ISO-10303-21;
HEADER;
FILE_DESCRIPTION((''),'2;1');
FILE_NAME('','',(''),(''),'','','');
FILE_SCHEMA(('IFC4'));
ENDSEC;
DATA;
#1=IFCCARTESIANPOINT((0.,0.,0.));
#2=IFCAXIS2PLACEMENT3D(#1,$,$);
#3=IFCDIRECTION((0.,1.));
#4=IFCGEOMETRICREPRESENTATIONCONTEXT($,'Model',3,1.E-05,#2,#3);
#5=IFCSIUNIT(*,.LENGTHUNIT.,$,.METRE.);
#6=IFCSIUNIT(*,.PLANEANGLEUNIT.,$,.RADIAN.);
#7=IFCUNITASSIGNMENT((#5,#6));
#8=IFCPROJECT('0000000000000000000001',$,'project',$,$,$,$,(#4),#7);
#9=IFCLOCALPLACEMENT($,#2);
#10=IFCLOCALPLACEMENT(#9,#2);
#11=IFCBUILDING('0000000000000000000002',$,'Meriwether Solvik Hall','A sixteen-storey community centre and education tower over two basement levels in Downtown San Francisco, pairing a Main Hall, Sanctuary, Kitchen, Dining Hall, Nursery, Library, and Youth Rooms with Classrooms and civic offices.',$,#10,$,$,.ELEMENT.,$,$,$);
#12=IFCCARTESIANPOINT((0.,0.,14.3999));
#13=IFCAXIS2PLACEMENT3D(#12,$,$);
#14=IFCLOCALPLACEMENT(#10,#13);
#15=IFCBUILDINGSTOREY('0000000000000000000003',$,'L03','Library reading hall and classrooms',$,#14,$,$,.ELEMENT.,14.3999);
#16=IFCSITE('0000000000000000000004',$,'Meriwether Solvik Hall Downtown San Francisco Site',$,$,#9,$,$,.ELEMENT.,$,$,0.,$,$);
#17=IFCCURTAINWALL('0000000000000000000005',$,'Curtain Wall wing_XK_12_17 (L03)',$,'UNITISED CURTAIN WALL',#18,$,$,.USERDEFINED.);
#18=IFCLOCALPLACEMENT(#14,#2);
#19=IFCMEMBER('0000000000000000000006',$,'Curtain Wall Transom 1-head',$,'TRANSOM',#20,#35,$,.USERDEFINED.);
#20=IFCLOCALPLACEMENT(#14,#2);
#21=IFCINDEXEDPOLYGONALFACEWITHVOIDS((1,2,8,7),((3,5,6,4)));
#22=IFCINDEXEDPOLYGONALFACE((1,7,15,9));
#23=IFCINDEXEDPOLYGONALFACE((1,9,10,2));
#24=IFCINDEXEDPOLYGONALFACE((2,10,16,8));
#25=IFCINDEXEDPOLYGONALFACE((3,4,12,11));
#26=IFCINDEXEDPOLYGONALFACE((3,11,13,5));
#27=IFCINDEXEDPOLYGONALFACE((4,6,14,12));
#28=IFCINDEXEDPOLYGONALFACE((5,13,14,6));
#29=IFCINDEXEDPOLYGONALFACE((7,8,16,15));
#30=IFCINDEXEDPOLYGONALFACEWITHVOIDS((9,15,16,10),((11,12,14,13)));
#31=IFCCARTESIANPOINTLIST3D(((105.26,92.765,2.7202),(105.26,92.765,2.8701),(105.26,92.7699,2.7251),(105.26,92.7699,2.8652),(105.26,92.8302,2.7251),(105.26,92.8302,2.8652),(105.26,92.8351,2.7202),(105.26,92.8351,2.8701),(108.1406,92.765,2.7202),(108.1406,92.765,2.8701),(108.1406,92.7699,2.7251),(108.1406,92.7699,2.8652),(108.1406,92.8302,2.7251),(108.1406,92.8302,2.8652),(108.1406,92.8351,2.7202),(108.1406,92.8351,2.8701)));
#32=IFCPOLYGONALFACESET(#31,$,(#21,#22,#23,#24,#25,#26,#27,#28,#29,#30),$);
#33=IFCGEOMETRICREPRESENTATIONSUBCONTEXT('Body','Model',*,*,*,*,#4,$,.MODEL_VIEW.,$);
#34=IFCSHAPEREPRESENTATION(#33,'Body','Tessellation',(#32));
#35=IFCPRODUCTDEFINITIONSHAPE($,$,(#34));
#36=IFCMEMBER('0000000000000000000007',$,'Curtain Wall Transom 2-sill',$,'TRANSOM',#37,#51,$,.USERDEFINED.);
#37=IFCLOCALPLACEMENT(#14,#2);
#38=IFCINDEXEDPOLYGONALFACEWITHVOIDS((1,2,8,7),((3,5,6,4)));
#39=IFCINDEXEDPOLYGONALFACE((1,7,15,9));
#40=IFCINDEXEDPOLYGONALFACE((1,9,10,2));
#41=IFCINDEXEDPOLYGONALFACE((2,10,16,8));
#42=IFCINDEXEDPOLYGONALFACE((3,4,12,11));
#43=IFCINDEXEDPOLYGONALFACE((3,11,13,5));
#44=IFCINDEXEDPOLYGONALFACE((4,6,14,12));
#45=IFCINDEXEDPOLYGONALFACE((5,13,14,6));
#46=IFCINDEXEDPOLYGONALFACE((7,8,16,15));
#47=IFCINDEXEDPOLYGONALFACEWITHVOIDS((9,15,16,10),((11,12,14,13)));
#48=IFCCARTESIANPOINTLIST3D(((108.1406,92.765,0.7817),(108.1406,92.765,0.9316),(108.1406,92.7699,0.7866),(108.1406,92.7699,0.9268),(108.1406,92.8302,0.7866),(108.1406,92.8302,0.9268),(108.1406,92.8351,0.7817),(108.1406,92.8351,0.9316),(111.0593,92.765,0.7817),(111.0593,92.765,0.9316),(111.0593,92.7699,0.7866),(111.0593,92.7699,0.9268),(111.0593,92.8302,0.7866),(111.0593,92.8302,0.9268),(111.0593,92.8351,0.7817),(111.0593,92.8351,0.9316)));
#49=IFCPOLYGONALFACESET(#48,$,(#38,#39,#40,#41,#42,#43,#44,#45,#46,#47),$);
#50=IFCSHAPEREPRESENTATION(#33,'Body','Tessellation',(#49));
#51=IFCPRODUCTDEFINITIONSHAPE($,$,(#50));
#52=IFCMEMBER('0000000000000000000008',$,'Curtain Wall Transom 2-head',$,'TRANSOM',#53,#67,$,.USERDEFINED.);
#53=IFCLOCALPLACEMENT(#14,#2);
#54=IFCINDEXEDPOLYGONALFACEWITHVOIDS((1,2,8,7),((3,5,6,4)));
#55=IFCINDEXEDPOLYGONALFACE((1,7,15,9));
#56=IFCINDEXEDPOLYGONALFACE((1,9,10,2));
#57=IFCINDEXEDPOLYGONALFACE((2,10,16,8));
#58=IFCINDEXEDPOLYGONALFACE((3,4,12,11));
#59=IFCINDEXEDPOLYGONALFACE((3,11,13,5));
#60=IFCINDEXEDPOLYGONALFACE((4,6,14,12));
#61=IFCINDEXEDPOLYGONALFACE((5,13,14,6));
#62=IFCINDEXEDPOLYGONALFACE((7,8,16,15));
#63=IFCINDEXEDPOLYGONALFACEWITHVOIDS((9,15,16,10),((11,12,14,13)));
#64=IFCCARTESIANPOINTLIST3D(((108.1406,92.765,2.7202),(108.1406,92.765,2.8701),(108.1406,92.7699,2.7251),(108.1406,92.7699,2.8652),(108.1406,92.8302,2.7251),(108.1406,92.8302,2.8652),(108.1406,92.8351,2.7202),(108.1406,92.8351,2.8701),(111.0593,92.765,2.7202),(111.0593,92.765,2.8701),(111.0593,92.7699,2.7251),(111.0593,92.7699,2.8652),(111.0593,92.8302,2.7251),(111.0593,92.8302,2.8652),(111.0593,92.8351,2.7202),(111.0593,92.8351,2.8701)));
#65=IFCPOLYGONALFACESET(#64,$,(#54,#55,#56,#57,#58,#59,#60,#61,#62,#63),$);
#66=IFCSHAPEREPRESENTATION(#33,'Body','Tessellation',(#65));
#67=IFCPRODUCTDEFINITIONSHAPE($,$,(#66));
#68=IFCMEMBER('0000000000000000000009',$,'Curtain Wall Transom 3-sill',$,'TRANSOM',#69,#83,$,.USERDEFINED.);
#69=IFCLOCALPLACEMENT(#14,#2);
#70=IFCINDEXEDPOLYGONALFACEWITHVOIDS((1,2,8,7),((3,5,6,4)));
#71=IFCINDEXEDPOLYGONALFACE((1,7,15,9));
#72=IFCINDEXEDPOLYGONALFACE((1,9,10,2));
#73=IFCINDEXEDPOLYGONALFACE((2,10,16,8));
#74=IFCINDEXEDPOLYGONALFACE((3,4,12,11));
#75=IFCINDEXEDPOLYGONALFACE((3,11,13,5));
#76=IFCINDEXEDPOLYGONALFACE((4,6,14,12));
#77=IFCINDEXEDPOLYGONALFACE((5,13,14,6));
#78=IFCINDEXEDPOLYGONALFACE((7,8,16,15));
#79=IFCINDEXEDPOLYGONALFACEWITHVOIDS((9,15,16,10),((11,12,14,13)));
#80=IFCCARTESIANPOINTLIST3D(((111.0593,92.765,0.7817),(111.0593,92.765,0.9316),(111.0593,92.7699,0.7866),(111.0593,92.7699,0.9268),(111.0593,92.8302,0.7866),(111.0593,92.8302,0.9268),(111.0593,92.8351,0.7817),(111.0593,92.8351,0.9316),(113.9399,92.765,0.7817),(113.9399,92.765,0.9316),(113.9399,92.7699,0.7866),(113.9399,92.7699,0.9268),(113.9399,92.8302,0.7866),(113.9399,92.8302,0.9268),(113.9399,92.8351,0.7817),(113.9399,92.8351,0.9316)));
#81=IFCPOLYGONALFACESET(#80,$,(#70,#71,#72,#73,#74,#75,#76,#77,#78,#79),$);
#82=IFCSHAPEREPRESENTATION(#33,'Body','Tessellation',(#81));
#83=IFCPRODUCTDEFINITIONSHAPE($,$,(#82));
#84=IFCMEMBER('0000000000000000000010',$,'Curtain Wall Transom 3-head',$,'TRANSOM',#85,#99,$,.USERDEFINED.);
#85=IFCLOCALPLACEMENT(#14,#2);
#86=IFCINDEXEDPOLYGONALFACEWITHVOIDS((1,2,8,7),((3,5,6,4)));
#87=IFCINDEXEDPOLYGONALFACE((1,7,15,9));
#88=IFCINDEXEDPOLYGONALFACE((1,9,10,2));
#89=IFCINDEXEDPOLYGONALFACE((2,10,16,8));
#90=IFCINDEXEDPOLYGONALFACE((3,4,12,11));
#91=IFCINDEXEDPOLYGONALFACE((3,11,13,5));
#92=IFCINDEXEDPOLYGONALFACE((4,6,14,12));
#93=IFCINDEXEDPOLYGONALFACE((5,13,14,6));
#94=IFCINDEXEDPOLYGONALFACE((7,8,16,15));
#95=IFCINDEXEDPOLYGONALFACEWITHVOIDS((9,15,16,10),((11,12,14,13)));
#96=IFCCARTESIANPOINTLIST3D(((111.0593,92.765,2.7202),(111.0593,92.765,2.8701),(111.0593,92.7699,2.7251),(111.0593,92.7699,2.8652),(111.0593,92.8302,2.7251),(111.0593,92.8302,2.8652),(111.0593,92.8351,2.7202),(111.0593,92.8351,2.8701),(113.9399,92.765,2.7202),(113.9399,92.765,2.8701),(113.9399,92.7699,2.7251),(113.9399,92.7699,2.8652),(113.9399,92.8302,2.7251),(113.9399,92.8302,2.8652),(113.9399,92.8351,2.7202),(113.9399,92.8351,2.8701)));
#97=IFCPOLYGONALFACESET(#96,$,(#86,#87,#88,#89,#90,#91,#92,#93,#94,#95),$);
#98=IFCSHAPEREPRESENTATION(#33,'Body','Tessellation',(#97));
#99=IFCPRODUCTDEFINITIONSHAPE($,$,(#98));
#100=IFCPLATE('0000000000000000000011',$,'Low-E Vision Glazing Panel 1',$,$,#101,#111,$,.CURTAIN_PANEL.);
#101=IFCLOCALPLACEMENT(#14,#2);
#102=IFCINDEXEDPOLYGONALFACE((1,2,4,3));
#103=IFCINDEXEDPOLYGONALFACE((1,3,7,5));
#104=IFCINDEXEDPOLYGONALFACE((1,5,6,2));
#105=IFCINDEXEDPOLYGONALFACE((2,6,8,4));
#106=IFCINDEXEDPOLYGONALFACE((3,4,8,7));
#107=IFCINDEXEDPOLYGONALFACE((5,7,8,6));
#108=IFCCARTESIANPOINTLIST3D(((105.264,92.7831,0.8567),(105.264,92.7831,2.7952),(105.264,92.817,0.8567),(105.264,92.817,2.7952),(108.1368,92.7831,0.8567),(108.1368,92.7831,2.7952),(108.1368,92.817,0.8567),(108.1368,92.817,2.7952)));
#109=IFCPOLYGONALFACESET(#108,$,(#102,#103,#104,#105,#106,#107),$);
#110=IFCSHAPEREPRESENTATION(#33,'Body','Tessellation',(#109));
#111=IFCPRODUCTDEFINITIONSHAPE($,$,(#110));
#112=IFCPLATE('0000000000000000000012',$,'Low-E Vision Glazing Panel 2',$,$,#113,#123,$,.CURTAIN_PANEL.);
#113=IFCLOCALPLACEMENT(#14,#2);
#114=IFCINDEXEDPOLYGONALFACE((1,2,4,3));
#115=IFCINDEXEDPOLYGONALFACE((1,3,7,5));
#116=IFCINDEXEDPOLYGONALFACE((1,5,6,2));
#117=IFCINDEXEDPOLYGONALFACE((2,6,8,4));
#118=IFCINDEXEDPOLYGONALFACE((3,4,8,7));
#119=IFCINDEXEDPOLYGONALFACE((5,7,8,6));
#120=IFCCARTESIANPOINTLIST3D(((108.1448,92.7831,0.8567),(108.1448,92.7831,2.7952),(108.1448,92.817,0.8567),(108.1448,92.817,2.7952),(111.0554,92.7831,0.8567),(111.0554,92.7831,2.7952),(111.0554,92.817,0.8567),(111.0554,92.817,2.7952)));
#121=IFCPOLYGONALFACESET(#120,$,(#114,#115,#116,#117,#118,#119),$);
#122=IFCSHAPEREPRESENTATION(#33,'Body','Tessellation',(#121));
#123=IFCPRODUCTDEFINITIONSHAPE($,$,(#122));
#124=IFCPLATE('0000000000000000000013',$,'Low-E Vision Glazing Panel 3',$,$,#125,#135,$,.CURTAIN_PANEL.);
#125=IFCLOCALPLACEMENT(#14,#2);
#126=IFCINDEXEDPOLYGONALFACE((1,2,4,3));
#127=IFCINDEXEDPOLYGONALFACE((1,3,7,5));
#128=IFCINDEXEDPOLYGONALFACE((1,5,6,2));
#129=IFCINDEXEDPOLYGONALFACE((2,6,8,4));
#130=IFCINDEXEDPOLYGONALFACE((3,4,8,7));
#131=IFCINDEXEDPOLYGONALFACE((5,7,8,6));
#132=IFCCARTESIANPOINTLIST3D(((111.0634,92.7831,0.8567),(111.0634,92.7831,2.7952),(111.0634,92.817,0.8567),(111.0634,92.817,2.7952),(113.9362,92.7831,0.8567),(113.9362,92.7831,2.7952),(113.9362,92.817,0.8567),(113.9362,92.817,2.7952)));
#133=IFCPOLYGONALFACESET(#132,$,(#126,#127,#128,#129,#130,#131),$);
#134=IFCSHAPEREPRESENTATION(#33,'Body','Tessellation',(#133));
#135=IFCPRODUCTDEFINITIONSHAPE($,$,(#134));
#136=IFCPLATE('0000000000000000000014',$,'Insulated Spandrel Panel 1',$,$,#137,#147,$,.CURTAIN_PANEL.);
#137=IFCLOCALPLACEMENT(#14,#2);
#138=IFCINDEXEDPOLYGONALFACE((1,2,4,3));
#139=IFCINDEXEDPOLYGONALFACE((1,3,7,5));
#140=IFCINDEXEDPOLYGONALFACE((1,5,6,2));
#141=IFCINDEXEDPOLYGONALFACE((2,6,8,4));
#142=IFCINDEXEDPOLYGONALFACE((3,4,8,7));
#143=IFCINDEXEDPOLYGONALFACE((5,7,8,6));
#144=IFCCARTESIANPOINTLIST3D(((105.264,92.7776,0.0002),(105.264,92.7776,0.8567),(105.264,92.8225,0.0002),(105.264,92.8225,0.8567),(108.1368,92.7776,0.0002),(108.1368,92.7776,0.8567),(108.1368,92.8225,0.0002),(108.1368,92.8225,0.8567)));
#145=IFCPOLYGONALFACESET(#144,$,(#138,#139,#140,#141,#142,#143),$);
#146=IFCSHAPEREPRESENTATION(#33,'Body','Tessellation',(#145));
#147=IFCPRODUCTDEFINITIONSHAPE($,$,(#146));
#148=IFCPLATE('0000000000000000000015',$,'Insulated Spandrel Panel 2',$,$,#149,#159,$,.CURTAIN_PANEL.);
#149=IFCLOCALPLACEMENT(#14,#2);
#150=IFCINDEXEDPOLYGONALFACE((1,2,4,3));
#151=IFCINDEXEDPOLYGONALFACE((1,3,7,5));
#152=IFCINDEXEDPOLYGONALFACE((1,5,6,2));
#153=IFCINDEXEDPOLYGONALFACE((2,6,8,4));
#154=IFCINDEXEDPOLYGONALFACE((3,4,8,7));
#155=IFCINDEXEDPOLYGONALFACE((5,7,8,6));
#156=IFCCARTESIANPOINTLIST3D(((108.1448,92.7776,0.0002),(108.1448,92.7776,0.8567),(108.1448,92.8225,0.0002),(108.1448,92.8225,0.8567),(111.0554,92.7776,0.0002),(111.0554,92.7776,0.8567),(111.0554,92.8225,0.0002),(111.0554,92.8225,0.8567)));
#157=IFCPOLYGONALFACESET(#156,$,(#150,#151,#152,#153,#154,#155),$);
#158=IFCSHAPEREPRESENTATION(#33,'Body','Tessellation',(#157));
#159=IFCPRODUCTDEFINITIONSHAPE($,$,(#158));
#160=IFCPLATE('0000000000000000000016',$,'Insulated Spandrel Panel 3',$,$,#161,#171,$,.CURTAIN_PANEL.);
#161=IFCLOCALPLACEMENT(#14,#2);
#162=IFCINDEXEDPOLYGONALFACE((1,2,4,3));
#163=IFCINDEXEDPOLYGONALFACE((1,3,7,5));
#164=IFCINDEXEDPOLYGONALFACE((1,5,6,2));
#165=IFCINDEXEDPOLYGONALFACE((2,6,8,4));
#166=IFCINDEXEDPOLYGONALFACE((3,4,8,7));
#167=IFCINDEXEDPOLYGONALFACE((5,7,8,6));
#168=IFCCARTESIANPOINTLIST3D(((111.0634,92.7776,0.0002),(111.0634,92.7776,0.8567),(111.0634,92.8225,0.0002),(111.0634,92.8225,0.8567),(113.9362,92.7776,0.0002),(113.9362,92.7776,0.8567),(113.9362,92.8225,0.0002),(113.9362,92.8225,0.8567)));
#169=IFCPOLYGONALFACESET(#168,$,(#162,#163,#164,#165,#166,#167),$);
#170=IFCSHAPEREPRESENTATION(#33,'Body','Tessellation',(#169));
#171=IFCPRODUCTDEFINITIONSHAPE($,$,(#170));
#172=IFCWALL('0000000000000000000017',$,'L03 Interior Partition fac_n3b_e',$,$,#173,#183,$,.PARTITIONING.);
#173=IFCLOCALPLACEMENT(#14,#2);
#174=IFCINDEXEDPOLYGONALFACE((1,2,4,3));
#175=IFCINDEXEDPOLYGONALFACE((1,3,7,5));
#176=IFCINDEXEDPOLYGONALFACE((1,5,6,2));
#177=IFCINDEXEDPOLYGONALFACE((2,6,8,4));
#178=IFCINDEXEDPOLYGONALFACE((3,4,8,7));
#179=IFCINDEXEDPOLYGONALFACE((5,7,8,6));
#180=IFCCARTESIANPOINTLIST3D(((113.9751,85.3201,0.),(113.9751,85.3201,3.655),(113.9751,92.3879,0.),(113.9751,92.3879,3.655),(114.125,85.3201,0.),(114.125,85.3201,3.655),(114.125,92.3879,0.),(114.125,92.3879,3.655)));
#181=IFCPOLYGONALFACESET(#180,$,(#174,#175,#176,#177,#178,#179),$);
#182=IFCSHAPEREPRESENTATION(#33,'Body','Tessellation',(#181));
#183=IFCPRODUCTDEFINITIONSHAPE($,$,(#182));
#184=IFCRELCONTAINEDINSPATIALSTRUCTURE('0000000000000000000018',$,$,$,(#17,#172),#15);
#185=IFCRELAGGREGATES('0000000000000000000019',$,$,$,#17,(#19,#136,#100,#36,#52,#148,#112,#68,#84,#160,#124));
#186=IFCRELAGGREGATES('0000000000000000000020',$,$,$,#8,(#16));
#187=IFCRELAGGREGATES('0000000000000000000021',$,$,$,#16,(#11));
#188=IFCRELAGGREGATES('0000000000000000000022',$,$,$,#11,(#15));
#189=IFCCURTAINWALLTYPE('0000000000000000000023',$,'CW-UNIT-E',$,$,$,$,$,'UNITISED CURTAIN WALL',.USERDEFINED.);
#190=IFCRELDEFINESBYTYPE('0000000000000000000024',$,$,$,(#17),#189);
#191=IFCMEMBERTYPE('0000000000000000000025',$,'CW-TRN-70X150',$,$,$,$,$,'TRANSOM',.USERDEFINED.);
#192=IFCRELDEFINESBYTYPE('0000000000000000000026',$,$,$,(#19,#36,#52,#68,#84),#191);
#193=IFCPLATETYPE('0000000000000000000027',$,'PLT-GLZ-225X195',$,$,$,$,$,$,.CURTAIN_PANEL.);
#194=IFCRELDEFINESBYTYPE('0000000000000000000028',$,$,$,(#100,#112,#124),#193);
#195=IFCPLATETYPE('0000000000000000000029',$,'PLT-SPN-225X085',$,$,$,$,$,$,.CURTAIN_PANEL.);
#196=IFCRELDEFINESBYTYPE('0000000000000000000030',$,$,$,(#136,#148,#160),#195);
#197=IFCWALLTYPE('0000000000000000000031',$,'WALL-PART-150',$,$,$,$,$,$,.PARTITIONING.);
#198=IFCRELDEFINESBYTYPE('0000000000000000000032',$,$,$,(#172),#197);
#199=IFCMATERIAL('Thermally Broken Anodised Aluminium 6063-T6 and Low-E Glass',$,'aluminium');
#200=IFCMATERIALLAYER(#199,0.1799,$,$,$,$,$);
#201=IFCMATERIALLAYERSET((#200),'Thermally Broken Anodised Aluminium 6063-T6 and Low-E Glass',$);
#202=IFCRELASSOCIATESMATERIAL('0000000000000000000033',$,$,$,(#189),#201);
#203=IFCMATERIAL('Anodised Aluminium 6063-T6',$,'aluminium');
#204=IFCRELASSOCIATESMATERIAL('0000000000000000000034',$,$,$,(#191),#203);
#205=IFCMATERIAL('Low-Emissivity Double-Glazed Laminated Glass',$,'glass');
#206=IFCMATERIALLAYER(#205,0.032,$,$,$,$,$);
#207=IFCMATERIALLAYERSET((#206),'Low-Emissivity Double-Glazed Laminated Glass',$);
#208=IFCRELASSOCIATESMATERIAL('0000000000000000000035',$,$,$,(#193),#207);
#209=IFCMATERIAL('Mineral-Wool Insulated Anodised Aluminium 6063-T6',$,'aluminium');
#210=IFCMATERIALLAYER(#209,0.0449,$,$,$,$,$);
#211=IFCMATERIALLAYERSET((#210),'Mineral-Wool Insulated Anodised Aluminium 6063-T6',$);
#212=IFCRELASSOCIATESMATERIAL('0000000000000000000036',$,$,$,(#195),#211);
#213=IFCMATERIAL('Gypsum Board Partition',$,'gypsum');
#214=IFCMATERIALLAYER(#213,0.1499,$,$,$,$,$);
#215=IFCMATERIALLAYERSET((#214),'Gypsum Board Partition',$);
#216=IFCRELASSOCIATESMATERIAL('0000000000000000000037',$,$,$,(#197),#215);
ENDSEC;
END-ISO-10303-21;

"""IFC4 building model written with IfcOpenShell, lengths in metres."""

from ifc_helpers import new_model, si_unit, direction, frame, frame_2d, origin, origin_2d, place, context, subcontext, project, spatial, rectangle, hollow_rectangle, extrude, material, layer, layer_set, material_profile, profile_set, type_object, element, aggregate, save


model = new_model("IFC4")

# Units and contexts
model_context = context("Model", 3, precision=1e-05, world=origin(), true_north=direction((0.0, 1.0)))
body_context = subcontext(model_context, "Body", "Model", "MODEL_VIEW")
ifc_project = project(units=[si_unit("LENGTHUNIT", "METRE"), si_unit("PLANEANGLEUNIT", "RADIAN")], contexts=[model_context])

# Site, building, storey
site_placement = place(None, origin())
site = spatial("IfcSite", under=ifc_project, at=site_placement, Name="Meriwether Solvik Hall Downtown San Francisco Site", CompositionType="ELEMENT", RefElevation=0.0)
building_placement = place(site_placement, origin())
building = spatial("IfcBuilding", under=site, at=building_placement, Name="Meriwether Solvik Hall", Description="A sixteen-storey community centre and education tower over two basement levels in Downtown San Francisco, pairing a Main Hall, Sanctuary, Kitchen, Dining Hall, Nursery, Library, and Youth Rooms with Classrooms and civic offices.", CompositionType="ELEMENT")
storey_placement = place(building_placement, frame((0.0, 0.0, 14.3999)))
storey = spatial("IfcBuildingStorey", under=building, at=storey_placement, Name="L03", Description="Library reading hall and classrooms", CompositionType="ELEMENT", Elevation=14.3999)

# Curtain wall, members, plates
ifc_material_1 = material(Name="Thermally Broken Anodised Aluminium 6063-T6 and Low-E Glass", Category="aluminium")
ifc_layer_1 = layer(ifc_material_1, 0.1799)
ifc_layer_set_1 = layer_set([ifc_layer_1], Name="Thermally Broken Anodised Aluminium 6063-T6 and Low-E Glass")
curtain_wall_type = type_object("IfcCurtainWallType", Name="CW-UNIT-E", ElementType="UNITISED CURTAIN WALL", PredefinedType="USERDEFINED", material=ifc_layer_set_1)
curtain_wall_placement = place(storey_placement, origin())
curtain_wall = element("IfcCurtainWall", 1, at=curtain_wall_placement, inside=storey, type_object=curtain_wall_type, Name="Curtain Wall wing_XK_12_17 (L03)", ObjectType="UNITISED CURTAIN WALL", PredefinedType="USERDEFINED")
ifc_material_2 = material(Name="Anodised Aluminium 6063-T6", Category="aluminium")
ifc_material_profile_1 = material_profile(ifc_material_2, hollow_rectangle(XDim=0.0701, YDim=0.1499, WallThickness=0.0049, at=origin_2d()), Name="CWT-70X150")
ifc_profile_set_1 = profile_set([ifc_material_profile_1], Name="Anodised Aluminium 6063-T6")
member_type_1 = type_object("IfcMemberType", Name="CW-TRN-70X150", ElementType="TRANSOM", PredefinedType="USERDEFINED", material=ifc_profile_set_1)
member_1_placement = place(storey_placement, frame((105.26, 92.8, 2.7952), z_axis=(1.0, 0.0, 0.0), x_axis=(0.0, 1.0, 0.0)))
member_1 = element("IfcMember", 2, at=member_1_placement, type_object=member_type_1, Name="Curtain Wall Transom 1-head", ObjectType="TRANSOM", PredefinedType="USERDEFINED", context=body_context, shape_type="SweptSolid", body=[
    extrude(hollow_rectangle(XDim=0.0701, YDim=0.1499, WallThickness=0.0049, at=origin_2d()), origin(), (0.0, 0.0, 1.0), 2.8806),
])
member_2_placement = place(storey_placement, frame((108.1406, 92.8, 0.8567), z_axis=(1.0, 0.0, 0.0), x_axis=(0.0, 1.0, 0.0)))
member_2 = element("IfcMember", 3, at=member_2_placement, type_object=member_type_1, Name="Curtain Wall Transom 2-sill", ObjectType="TRANSOM", PredefinedType="USERDEFINED", context=body_context, shape_type="SweptSolid", body=[
    extrude(hollow_rectangle(XDim=0.0701, YDim=0.1499, WallThickness=0.0049, at=origin_2d()), origin(), (0.0, 0.0, 1.0), 2.9187),
])
member_3_placement = place(storey_placement, frame((108.1406, 92.8, 2.7952), z_axis=(1.0, 0.0, 0.0), x_axis=(0.0, 1.0, 0.0)))
member_3 = element("IfcMember", 4, at=member_3_placement, type_object=member_type_1, Name="Curtain Wall Transom 2-head", ObjectType="TRANSOM", PredefinedType="USERDEFINED", context=body_context, shape_type="SweptSolid", body=[
    extrude(hollow_rectangle(XDim=0.0701, YDim=0.1499, WallThickness=0.0049, at=origin_2d()), origin(), (0.0, 0.0, 1.0), 2.9187),
])
member_4_placement = place(storey_placement, frame((111.0593, 92.8, 0.8567), z_axis=(1.0, 0.0, 0.0), x_axis=(0.0, 1.0, 0.0)))
member_4 = element("IfcMember", 5, at=member_4_placement, type_object=member_type_1, Name="Curtain Wall Transom 3-sill", ObjectType="TRANSOM", PredefinedType="USERDEFINED", context=body_context, shape_type="SweptSolid", body=[
    extrude(hollow_rectangle(XDim=0.0701, YDim=0.1499, WallThickness=0.0049, at=origin_2d()), origin(), (0.0, 0.0, 1.0), 2.8806),
])
member_5_placement = place(storey_placement, frame((111.0593, 92.8, 2.7952), z_axis=(1.0, 0.0, 0.0), x_axis=(0.0, 1.0, 0.0)))
member_5 = element("IfcMember", 6, at=member_5_placement, type_object=member_type_1, Name="Curtain Wall Transom 3-head", ObjectType="TRANSOM", PredefinedType="USERDEFINED", context=body_context, shape_type="SweptSolid", body=[
    extrude(hollow_rectangle(XDim=0.0701, YDim=0.1499, WallThickness=0.0049, at=origin_2d()), origin(), (0.0, 0.0, 1.0), 2.8806),
])
ifc_material_3 = material(Name="Low-Emissivity Double-Glazed Laminated Glass", Category="glass")
ifc_layer_2 = layer(ifc_material_3, 0.032)
ifc_layer_set_2 = layer_set([ifc_layer_2], Name="Low-Emissivity Double-Glazed Laminated Glass")
plate_type_1 = type_object("IfcPlateType", Name="PLT-GLZ-225X195", PredefinedType="CURTAIN_PANEL", material=ifc_layer_set_2)
plate_1_placement = place(storey_placement, frame((106.7004, 92.8, 0.8567), z_axis=(0.0, 0.0, 1.0), x_axis=(1.0, 0.0, 0.0)))
plate_1 = element("IfcPlate", 7, at=plate_1_placement, type_object=plate_type_1, Name="Low-E Vision Glazing Panel 1", PredefinedType="CURTAIN_PANEL", context=body_context, shape_type="SweptSolid", body=[
    extrude(rectangle(XDim=2.8728, YDim=0.0339, at=origin_2d()), origin(), (0.0, 0.0, 1.0), 1.9385),
])
plate_2_placement = place(storey_placement, frame((109.6001, 92.8, 0.8567), z_axis=(0.0, 0.0, 1.0), x_axis=(1.0, 0.0, 0.0)))
plate_2 = element("IfcPlate", 8, at=plate_2_placement, type_object=plate_type_1, Name="Low-E Vision Glazing Panel 2", PredefinedType="CURTAIN_PANEL", context=body_context, shape_type="SweptSolid", body=[
    extrude(rectangle(XDim=2.9106, YDim=0.0339, at=origin_2d()), origin(), (0.0, 0.0, 1.0), 1.9385),
])
plate_3_placement = place(storey_placement, frame((112.4998, 92.8, 0.8567), z_axis=(0.0, 0.0, 1.0), x_axis=(1.0, 0.0, 0.0)))
plate_3 = element("IfcPlate", 9, at=plate_3_placement, type_object=plate_type_1, Name="Low-E Vision Glazing Panel 3", PredefinedType="CURTAIN_PANEL", context=body_context, shape_type="SweptSolid", body=[
    extrude(rectangle(XDim=2.8728, YDim=0.0339, at=origin_2d()), origin(), (0.0, 0.0, 1.0), 1.9385),
])
ifc_material_4 = material(Name="Mineral-Wool Insulated Anodised Aluminium 6063-T6", Category="aluminium")
ifc_layer_3 = layer(ifc_material_4, 0.0449)
ifc_layer_set_3 = layer_set([ifc_layer_3], Name="Mineral-Wool Insulated Anodised Aluminium 6063-T6")
plate_type_2 = type_object("IfcPlateType", Name="PLT-SPN-225X085", PredefinedType="CURTAIN_PANEL", material=ifc_layer_set_3)
plate_4_placement = place(storey_placement, frame((106.7004, 92.8, 0.0002), z_axis=(0.0, 0.0, 1.0), x_axis=(1.0, 0.0, 0.0)))
plate_4 = element("IfcPlate", 10, at=plate_4_placement, type_object=plate_type_2, Name="Insulated Spandrel Panel 1", PredefinedType="CURTAIN_PANEL", context=body_context, shape_type="SweptSolid", body=[
    extrude(rectangle(XDim=2.8728, YDim=0.0449, at=origin_2d()), origin(), (0.0, 0.0, 1.0), 0.8564),
])
plate_5_placement = place(storey_placement, frame((109.6001, 92.8, 0.0002), z_axis=(0.0, 0.0, 1.0), x_axis=(1.0, 0.0, 0.0)))
plate_5 = element("IfcPlate", 11, at=plate_5_placement, type_object=plate_type_2, Name="Insulated Spandrel Panel 2", PredefinedType="CURTAIN_PANEL", context=body_context, shape_type="SweptSolid", body=[
    extrude(rectangle(XDim=2.9106, YDim=0.0449, at=origin_2d()), origin(), (0.0, 0.0, 1.0), 0.8564),
])
plate_6_placement = place(storey_placement, frame((112.4998, 92.8, 0.0002), z_axis=(0.0, 0.0, 1.0), x_axis=(1.0, 0.0, 0.0)))
plate_6 = element("IfcPlate", 12, at=plate_6_placement, type_object=plate_type_2, Name="Insulated Spandrel Panel 3", PredefinedType="CURTAIN_PANEL", context=body_context, shape_type="SweptSolid", body=[
    extrude(rectangle(XDim=2.8728, YDim=0.0449, at=origin_2d()), origin(), (0.0, 0.0, 1.0), 0.8564),
])
aggregate(curtain_wall, [member_1, plate_4, plate_1, member_2, member_3, plate_5, plate_2, member_4, member_5, plate_6, plate_3])

# Wall
ifc_material_5 = material(Name="Gypsum Board Partition", Category="gypsum")
ifc_layer_4 = layer(ifc_material_5, 0.1499)
ifc_layer_set_4 = layer_set([ifc_layer_4], Name="Gypsum Board Partition")
wall_type = type_object("IfcWallType", Name="WALL-PART-150", PredefinedType="PARTITIONING", material=ifc_layer_set_4)
wall_placement = place(storey_placement, frame((114.05, 85.3201, 0.0), z_axis=(0.0, 0.0, 1.0), x_axis=(0.0, 1.0, 0.0)))
element("IfcWall", 13, at=wall_placement, inside=storey, type_object=wall_type, Name="L03 Interior Partition fac_n3b_e", PredefinedType="PARTITIONING", context=body_context, shape_type="SweptSolid", body=[
    extrude(rectangle(XDim=7.0679, YDim=0.1499, at=frame_2d((3.5339, 0.0))), origin(), (0.0, 0.0, 1.0), 3.655),
])

save(model, "model.ifc")
